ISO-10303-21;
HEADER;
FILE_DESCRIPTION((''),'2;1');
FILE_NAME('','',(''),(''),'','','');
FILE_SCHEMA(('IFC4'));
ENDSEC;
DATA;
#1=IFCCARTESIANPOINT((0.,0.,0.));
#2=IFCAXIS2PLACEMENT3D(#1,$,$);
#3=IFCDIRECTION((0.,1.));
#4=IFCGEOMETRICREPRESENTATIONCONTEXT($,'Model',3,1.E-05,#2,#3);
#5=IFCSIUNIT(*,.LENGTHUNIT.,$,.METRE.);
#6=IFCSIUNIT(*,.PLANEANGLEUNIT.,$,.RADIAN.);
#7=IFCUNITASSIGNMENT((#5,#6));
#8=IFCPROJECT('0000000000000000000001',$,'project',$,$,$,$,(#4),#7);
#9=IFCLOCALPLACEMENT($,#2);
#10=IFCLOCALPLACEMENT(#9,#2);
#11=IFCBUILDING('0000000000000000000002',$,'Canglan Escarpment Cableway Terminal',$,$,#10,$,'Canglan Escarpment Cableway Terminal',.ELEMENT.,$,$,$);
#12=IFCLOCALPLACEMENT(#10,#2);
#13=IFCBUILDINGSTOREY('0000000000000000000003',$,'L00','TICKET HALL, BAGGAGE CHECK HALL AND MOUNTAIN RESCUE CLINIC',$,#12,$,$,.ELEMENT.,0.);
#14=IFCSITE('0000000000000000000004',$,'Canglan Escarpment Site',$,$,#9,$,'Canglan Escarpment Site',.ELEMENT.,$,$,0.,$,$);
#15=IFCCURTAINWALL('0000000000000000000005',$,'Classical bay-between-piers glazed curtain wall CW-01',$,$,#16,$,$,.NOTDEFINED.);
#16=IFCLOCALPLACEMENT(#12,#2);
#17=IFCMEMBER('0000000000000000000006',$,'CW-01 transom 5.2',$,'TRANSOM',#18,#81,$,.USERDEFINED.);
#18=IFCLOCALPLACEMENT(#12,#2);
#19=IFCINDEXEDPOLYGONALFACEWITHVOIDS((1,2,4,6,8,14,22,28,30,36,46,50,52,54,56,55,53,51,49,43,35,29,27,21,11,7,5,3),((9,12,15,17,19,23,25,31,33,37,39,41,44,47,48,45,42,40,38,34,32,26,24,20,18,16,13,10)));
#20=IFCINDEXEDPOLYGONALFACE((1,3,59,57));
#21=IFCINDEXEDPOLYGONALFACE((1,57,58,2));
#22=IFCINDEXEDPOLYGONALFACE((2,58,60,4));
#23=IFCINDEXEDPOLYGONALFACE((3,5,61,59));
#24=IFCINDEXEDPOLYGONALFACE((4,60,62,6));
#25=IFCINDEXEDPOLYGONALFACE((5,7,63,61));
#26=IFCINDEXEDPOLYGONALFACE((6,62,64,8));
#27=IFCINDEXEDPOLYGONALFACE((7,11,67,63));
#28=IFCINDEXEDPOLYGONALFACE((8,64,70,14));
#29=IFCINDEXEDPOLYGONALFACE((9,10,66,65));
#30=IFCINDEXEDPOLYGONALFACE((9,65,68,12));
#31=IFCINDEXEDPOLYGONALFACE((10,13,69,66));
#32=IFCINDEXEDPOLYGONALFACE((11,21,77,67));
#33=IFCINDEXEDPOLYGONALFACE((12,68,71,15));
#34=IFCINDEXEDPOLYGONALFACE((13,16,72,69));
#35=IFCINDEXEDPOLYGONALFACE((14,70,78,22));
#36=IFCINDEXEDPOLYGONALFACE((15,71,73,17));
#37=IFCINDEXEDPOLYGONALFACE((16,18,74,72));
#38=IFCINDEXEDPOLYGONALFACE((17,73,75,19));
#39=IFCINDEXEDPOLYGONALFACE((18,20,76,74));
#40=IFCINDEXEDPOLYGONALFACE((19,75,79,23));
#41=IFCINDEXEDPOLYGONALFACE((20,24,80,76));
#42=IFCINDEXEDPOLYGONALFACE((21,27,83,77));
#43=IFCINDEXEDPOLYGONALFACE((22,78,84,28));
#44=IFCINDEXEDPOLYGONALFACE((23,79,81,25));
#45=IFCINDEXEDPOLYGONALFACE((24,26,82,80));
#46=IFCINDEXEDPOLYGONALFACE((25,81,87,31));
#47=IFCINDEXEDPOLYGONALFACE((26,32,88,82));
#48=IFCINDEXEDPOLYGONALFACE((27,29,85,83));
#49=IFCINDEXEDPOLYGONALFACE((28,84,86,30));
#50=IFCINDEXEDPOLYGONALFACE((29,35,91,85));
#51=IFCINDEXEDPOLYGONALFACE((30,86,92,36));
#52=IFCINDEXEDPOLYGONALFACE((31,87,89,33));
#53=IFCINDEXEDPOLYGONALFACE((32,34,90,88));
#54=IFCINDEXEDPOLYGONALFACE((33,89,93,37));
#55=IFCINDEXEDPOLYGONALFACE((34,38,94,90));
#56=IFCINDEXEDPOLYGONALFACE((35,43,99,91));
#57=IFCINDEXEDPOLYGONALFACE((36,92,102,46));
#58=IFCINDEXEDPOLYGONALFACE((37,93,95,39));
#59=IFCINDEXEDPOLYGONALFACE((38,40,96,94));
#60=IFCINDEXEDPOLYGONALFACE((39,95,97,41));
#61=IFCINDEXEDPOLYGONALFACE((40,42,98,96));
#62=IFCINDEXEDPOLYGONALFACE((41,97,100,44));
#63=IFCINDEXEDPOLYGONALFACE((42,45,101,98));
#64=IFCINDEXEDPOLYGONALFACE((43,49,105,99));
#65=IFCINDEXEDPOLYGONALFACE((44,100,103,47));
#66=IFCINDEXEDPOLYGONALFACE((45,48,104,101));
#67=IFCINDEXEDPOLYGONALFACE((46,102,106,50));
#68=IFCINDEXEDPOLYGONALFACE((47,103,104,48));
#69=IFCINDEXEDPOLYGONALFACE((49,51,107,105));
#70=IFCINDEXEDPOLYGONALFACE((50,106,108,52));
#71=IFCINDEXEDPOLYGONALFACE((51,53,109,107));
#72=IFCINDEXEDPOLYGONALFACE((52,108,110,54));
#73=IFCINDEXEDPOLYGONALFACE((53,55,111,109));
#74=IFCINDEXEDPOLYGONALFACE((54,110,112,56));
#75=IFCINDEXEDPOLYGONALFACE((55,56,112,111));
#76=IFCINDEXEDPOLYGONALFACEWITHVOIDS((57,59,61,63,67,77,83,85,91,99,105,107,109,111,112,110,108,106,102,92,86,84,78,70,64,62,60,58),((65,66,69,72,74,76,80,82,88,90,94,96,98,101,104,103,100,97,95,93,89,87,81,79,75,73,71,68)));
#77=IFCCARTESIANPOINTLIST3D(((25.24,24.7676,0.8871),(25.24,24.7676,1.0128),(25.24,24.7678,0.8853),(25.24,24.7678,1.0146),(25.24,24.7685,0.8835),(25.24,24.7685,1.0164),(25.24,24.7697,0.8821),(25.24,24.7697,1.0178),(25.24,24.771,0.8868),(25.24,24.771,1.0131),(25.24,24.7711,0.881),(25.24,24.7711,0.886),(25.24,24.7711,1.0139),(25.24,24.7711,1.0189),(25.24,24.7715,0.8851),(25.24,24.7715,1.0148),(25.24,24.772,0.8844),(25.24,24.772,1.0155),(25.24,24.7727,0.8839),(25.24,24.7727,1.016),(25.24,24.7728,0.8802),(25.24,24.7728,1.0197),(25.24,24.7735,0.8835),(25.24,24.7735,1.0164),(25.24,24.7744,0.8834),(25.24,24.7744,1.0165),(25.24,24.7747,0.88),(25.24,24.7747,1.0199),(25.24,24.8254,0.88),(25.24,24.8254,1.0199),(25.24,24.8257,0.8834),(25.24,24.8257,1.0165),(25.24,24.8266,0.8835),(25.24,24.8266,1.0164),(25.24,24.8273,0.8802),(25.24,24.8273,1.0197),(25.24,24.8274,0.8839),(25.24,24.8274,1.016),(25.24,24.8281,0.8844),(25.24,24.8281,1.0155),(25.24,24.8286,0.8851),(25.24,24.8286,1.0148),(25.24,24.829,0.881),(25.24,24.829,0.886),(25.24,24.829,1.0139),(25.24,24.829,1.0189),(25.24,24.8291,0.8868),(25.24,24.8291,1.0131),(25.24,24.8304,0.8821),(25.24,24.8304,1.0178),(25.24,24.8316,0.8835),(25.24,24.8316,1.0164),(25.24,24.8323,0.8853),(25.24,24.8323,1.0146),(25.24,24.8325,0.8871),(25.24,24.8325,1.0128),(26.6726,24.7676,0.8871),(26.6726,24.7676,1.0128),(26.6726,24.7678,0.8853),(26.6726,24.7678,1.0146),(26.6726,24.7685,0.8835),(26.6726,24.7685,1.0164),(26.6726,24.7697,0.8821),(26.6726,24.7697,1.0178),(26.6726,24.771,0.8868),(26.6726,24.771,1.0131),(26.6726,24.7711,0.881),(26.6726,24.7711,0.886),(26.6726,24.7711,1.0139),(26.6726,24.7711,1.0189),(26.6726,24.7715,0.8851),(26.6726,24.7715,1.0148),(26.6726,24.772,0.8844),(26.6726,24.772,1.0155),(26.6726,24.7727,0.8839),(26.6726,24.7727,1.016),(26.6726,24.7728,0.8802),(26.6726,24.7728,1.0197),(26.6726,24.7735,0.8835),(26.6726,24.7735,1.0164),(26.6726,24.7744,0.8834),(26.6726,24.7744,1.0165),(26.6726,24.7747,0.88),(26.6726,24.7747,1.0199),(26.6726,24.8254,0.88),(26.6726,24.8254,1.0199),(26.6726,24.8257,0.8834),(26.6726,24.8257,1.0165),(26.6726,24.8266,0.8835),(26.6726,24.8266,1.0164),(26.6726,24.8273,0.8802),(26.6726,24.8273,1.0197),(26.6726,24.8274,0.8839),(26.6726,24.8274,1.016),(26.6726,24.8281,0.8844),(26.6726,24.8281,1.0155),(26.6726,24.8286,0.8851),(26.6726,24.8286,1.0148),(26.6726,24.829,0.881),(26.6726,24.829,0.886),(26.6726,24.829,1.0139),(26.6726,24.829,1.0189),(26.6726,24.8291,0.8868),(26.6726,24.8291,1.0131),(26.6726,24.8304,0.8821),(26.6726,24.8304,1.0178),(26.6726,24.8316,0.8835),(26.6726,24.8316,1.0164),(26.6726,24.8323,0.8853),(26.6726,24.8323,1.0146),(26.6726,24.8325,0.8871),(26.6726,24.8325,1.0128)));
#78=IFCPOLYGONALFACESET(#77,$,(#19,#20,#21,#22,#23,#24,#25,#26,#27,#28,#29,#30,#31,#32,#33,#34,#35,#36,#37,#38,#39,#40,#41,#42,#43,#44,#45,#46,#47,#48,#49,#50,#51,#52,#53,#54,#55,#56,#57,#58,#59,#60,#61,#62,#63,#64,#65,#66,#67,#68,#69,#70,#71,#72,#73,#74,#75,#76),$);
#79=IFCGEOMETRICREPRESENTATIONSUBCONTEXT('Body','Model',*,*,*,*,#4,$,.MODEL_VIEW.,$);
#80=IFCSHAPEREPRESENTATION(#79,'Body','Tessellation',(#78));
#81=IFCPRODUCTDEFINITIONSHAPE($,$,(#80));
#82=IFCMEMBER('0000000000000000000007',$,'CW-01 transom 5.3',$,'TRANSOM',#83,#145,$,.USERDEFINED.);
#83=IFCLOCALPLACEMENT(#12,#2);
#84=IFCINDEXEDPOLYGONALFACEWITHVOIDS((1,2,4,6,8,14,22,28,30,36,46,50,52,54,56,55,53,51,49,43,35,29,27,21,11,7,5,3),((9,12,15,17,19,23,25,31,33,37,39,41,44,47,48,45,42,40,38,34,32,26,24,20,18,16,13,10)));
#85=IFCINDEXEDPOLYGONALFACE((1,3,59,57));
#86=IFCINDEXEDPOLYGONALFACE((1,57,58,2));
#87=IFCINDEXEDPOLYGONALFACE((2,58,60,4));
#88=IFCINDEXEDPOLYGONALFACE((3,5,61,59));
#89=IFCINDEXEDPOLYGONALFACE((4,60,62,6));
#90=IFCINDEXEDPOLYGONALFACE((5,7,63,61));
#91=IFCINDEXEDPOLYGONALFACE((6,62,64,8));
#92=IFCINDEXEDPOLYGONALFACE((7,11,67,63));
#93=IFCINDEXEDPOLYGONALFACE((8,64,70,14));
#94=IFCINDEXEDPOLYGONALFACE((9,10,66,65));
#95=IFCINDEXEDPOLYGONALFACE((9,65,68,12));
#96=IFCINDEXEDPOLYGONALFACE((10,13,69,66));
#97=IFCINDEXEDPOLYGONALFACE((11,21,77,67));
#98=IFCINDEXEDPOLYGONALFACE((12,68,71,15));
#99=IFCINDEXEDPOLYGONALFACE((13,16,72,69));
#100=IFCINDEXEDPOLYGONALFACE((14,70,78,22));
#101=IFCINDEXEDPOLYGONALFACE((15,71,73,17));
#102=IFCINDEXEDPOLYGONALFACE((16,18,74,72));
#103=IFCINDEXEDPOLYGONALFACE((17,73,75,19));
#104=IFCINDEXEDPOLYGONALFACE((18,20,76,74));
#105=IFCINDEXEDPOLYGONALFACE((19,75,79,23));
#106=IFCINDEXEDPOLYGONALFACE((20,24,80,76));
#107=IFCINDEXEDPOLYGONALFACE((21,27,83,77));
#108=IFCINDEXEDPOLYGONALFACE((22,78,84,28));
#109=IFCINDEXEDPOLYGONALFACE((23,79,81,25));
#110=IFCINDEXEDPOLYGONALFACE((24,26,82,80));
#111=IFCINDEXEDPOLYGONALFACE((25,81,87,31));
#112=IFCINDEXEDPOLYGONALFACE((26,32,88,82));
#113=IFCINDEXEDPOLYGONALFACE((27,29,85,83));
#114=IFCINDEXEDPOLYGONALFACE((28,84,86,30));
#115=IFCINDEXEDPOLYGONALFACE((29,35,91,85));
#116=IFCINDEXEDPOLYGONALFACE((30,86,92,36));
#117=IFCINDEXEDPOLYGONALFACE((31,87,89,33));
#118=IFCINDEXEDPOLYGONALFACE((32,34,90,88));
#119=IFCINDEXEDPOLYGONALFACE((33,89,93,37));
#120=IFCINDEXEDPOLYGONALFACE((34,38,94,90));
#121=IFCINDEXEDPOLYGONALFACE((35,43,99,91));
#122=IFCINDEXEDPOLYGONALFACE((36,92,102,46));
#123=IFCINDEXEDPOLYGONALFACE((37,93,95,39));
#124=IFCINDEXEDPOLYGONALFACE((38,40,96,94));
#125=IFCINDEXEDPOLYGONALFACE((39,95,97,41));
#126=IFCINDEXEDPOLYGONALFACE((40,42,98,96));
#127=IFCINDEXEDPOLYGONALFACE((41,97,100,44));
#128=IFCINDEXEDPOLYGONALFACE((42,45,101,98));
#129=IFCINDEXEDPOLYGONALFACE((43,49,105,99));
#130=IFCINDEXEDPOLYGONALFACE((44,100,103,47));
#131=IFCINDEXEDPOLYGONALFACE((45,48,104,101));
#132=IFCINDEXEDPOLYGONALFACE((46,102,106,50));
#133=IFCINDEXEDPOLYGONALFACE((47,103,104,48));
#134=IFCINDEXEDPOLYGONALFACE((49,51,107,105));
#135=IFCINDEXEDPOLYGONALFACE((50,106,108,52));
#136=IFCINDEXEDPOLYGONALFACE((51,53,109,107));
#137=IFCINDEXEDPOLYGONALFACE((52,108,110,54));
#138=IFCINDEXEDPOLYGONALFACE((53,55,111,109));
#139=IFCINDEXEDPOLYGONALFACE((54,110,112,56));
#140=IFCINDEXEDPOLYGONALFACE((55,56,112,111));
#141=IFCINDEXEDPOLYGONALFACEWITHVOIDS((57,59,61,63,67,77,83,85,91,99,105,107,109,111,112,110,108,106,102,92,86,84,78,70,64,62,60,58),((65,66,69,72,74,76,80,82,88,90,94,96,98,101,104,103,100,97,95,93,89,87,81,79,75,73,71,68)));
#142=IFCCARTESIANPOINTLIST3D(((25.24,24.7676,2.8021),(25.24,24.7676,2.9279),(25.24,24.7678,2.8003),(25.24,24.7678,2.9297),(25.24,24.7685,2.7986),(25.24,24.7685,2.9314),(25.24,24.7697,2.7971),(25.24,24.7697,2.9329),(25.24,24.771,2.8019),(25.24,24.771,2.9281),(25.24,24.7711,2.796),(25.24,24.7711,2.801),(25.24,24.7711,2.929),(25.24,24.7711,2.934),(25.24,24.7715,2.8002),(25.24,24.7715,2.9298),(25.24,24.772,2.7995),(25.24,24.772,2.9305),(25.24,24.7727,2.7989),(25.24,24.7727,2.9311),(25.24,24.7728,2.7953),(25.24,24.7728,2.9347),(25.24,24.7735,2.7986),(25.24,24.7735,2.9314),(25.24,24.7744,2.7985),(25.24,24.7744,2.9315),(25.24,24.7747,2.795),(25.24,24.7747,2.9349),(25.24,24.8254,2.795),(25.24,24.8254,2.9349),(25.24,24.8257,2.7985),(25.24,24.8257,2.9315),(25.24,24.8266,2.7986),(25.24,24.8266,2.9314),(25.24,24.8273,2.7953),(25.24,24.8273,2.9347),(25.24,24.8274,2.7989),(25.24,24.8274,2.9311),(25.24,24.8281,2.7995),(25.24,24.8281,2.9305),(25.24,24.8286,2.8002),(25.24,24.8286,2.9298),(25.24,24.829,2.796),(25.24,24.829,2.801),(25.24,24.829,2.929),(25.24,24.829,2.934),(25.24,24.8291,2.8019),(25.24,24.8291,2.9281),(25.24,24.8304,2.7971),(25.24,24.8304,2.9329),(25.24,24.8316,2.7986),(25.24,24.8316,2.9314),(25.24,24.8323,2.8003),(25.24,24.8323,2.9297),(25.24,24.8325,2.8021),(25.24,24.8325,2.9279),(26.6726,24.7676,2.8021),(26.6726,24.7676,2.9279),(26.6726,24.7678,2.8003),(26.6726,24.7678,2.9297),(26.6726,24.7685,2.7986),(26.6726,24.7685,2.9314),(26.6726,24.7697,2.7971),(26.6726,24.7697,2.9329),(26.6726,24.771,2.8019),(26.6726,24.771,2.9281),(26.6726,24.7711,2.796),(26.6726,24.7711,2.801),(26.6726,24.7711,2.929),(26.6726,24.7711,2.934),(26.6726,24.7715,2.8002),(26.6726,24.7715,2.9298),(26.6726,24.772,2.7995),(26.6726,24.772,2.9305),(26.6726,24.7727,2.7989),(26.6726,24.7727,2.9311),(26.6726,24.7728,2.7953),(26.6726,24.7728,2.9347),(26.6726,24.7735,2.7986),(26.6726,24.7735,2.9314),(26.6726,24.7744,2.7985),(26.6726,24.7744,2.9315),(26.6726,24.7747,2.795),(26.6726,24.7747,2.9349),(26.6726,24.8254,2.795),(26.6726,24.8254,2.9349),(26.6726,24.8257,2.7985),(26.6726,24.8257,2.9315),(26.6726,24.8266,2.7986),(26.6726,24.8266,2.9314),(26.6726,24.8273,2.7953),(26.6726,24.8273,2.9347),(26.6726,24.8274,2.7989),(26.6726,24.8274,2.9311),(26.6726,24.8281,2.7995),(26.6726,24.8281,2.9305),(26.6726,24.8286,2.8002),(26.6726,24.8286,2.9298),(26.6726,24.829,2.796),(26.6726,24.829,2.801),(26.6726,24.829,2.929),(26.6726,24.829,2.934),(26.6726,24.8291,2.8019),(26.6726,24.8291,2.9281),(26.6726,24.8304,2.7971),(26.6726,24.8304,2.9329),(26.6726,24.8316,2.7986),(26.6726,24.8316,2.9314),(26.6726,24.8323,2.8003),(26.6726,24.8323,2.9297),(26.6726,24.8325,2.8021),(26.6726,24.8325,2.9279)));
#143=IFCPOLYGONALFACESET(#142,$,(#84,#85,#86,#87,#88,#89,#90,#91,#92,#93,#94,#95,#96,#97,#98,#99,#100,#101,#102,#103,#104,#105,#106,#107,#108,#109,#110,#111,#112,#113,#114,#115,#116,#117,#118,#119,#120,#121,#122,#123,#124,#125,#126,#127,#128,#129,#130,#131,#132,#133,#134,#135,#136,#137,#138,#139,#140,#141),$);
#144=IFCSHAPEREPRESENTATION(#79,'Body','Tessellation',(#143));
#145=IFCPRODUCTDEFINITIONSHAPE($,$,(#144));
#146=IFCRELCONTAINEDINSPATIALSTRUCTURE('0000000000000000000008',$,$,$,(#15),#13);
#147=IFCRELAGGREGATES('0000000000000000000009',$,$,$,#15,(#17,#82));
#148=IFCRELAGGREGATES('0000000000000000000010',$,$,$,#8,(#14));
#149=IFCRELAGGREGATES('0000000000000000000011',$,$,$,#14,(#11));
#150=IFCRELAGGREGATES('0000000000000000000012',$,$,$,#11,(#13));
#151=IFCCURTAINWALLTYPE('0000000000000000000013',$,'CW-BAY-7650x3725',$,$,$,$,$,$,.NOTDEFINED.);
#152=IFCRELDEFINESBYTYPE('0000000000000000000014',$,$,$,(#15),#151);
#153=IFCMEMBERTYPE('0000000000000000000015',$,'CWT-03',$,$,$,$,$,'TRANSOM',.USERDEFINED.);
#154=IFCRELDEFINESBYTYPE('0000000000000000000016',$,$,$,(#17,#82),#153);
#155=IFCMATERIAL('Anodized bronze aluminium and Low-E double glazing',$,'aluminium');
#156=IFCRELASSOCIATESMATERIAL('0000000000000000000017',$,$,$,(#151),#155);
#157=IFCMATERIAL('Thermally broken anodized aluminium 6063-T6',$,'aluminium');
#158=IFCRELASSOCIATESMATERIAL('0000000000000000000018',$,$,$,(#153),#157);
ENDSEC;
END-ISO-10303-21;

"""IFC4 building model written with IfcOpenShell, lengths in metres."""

from ifc_helpers import new_model, si_unit, direction, frame, origin, origin_2d, place, context, subcontext, project, spatial, hollow_rectangle, extrude, material, material_profile, profile_set, type_object, element, aggregate, save


model = new_model("IFC4")

# Units and contexts
model_context = context("Model", 3, precision=1e-05, world=origin(), true_north=direction((0.0, 1.0)))
body_context = subcontext(model_context, "Body", "Model", "MODEL_VIEW")
ifc_project = project(units=[si_unit("LENGTHUNIT", "METRE"), si_unit("PLANEANGLEUNIT", "RADIAN")], contexts=[model_context])

# Site, building, storey
site_placement = place(None, origin())
site = spatial("IfcSite", under=ifc_project, at=site_placement, Name="Canglan Escarpment Site", LongName="Canglan Escarpment Site", CompositionType="ELEMENT", RefElevation=0.0)
building_placement = place(site_placement, origin())
building = spatial("IfcBuilding", under=site, at=building_placement, Name="Canglan Escarpment Cableway Terminal", LongName="Canglan Escarpment Cableway Terminal", CompositionType="ELEMENT")
storey_placement = place(building_placement, origin())
storey = spatial("IfcBuildingStorey", under=building, at=storey_placement, Name="L00", Description="TICKET HALL, BAGGAGE CHECK HALL AND MOUNTAIN RESCUE CLINIC", CompositionType="ELEMENT", Elevation=0.0)

# Curtain wall, members
ifc_material_1 = material(Name="Anodized bronze aluminium and Low-E double glazing", Category="aluminium")
curtain_wall_type = type_object("IfcCurtainWallType", Name="CW-BAY-7650x3725", PredefinedType="NOTDEFINED", material=ifc_material_1)
curtain_wall_placement = place(storey_placement, origin())
curtain_wall = element("IfcCurtainWall", 1, at=curtain_wall_placement, inside=storey, type_object=curtain_wall_type, Name="Classical bay-between-piers glazed curtain wall CW-01", PredefinedType="NOTDEFINED")
ifc_material_2 = material(Name="Thermally broken anodized aluminium 6063-T6", Category="aluminium")
ifc_material_profile_1 = material_profile(ifc_material_2, hollow_rectangle(XDim=0.0649, YDim=0.1399, WallThickness=0.0034, InnerFilletRadius=0.0034, OuterFilletRadius=0.0071, at=origin_2d()), Name="ALU-TRAN 65x140x3.5")
ifc_profile_set_1 = profile_set([ifc_material_profile_1], Name="Thermally broken anodized aluminium 6063-T6")
member_type_1 = type_object("IfcMemberType", Name="CWT-03", ElementType="TRANSOM", PredefinedType="USERDEFINED", material=ifc_profile_set_1)
member_1_placement = place(storey_placement, frame((26.6726, 24.8, 0.95), z_axis=(-1.0, 0.0, 0.0), x_axis=(0.0, -1.0, 0.0)))
member_1 = element("IfcMember", 2, at=member_1_placement, type_object=member_type_1, Name="CW-01 transom 5.2", ObjectType="TRANSOM", PredefinedType="USERDEFINED", context=body_context, shape_type="SweptSolid", body=[
    extrude(hollow_rectangle(XDim=0.0649, YDim=0.1399, WallThickness=0.0034, InnerFilletRadius=0.0034, OuterFilletRadius=0.0071, at=origin_2d()), origin(), (0.0, 0.0, 1.0), 1.4326),
])
member_2_placement = place(storey_placement, frame((26.6726, 24.8, 2.865), z_axis=(-1.0, 0.0, 0.0), x_axis=(0.0, -1.0, 0.0)))
member_2 = element("IfcMember", 3, at=member_2_placement, type_object=member_type_1, Name="CW-01 transom 5.3", ObjectType="TRANSOM", PredefinedType="USERDEFINED", context=body_context, shape_type="SweptSolid", body=[
    extrude(hollow_rectangle(XDim=0.0649, YDim=0.1399, WallThickness=0.0034, InnerFilletRadius=0.0034, OuterFilletRadius=0.0071, at=origin_2d()), origin(), (0.0, 0.0, 1.0), 1.4326),
])

aggregate(curtain_wall, [member_1, member_2])

save(model, "model.ifc")
